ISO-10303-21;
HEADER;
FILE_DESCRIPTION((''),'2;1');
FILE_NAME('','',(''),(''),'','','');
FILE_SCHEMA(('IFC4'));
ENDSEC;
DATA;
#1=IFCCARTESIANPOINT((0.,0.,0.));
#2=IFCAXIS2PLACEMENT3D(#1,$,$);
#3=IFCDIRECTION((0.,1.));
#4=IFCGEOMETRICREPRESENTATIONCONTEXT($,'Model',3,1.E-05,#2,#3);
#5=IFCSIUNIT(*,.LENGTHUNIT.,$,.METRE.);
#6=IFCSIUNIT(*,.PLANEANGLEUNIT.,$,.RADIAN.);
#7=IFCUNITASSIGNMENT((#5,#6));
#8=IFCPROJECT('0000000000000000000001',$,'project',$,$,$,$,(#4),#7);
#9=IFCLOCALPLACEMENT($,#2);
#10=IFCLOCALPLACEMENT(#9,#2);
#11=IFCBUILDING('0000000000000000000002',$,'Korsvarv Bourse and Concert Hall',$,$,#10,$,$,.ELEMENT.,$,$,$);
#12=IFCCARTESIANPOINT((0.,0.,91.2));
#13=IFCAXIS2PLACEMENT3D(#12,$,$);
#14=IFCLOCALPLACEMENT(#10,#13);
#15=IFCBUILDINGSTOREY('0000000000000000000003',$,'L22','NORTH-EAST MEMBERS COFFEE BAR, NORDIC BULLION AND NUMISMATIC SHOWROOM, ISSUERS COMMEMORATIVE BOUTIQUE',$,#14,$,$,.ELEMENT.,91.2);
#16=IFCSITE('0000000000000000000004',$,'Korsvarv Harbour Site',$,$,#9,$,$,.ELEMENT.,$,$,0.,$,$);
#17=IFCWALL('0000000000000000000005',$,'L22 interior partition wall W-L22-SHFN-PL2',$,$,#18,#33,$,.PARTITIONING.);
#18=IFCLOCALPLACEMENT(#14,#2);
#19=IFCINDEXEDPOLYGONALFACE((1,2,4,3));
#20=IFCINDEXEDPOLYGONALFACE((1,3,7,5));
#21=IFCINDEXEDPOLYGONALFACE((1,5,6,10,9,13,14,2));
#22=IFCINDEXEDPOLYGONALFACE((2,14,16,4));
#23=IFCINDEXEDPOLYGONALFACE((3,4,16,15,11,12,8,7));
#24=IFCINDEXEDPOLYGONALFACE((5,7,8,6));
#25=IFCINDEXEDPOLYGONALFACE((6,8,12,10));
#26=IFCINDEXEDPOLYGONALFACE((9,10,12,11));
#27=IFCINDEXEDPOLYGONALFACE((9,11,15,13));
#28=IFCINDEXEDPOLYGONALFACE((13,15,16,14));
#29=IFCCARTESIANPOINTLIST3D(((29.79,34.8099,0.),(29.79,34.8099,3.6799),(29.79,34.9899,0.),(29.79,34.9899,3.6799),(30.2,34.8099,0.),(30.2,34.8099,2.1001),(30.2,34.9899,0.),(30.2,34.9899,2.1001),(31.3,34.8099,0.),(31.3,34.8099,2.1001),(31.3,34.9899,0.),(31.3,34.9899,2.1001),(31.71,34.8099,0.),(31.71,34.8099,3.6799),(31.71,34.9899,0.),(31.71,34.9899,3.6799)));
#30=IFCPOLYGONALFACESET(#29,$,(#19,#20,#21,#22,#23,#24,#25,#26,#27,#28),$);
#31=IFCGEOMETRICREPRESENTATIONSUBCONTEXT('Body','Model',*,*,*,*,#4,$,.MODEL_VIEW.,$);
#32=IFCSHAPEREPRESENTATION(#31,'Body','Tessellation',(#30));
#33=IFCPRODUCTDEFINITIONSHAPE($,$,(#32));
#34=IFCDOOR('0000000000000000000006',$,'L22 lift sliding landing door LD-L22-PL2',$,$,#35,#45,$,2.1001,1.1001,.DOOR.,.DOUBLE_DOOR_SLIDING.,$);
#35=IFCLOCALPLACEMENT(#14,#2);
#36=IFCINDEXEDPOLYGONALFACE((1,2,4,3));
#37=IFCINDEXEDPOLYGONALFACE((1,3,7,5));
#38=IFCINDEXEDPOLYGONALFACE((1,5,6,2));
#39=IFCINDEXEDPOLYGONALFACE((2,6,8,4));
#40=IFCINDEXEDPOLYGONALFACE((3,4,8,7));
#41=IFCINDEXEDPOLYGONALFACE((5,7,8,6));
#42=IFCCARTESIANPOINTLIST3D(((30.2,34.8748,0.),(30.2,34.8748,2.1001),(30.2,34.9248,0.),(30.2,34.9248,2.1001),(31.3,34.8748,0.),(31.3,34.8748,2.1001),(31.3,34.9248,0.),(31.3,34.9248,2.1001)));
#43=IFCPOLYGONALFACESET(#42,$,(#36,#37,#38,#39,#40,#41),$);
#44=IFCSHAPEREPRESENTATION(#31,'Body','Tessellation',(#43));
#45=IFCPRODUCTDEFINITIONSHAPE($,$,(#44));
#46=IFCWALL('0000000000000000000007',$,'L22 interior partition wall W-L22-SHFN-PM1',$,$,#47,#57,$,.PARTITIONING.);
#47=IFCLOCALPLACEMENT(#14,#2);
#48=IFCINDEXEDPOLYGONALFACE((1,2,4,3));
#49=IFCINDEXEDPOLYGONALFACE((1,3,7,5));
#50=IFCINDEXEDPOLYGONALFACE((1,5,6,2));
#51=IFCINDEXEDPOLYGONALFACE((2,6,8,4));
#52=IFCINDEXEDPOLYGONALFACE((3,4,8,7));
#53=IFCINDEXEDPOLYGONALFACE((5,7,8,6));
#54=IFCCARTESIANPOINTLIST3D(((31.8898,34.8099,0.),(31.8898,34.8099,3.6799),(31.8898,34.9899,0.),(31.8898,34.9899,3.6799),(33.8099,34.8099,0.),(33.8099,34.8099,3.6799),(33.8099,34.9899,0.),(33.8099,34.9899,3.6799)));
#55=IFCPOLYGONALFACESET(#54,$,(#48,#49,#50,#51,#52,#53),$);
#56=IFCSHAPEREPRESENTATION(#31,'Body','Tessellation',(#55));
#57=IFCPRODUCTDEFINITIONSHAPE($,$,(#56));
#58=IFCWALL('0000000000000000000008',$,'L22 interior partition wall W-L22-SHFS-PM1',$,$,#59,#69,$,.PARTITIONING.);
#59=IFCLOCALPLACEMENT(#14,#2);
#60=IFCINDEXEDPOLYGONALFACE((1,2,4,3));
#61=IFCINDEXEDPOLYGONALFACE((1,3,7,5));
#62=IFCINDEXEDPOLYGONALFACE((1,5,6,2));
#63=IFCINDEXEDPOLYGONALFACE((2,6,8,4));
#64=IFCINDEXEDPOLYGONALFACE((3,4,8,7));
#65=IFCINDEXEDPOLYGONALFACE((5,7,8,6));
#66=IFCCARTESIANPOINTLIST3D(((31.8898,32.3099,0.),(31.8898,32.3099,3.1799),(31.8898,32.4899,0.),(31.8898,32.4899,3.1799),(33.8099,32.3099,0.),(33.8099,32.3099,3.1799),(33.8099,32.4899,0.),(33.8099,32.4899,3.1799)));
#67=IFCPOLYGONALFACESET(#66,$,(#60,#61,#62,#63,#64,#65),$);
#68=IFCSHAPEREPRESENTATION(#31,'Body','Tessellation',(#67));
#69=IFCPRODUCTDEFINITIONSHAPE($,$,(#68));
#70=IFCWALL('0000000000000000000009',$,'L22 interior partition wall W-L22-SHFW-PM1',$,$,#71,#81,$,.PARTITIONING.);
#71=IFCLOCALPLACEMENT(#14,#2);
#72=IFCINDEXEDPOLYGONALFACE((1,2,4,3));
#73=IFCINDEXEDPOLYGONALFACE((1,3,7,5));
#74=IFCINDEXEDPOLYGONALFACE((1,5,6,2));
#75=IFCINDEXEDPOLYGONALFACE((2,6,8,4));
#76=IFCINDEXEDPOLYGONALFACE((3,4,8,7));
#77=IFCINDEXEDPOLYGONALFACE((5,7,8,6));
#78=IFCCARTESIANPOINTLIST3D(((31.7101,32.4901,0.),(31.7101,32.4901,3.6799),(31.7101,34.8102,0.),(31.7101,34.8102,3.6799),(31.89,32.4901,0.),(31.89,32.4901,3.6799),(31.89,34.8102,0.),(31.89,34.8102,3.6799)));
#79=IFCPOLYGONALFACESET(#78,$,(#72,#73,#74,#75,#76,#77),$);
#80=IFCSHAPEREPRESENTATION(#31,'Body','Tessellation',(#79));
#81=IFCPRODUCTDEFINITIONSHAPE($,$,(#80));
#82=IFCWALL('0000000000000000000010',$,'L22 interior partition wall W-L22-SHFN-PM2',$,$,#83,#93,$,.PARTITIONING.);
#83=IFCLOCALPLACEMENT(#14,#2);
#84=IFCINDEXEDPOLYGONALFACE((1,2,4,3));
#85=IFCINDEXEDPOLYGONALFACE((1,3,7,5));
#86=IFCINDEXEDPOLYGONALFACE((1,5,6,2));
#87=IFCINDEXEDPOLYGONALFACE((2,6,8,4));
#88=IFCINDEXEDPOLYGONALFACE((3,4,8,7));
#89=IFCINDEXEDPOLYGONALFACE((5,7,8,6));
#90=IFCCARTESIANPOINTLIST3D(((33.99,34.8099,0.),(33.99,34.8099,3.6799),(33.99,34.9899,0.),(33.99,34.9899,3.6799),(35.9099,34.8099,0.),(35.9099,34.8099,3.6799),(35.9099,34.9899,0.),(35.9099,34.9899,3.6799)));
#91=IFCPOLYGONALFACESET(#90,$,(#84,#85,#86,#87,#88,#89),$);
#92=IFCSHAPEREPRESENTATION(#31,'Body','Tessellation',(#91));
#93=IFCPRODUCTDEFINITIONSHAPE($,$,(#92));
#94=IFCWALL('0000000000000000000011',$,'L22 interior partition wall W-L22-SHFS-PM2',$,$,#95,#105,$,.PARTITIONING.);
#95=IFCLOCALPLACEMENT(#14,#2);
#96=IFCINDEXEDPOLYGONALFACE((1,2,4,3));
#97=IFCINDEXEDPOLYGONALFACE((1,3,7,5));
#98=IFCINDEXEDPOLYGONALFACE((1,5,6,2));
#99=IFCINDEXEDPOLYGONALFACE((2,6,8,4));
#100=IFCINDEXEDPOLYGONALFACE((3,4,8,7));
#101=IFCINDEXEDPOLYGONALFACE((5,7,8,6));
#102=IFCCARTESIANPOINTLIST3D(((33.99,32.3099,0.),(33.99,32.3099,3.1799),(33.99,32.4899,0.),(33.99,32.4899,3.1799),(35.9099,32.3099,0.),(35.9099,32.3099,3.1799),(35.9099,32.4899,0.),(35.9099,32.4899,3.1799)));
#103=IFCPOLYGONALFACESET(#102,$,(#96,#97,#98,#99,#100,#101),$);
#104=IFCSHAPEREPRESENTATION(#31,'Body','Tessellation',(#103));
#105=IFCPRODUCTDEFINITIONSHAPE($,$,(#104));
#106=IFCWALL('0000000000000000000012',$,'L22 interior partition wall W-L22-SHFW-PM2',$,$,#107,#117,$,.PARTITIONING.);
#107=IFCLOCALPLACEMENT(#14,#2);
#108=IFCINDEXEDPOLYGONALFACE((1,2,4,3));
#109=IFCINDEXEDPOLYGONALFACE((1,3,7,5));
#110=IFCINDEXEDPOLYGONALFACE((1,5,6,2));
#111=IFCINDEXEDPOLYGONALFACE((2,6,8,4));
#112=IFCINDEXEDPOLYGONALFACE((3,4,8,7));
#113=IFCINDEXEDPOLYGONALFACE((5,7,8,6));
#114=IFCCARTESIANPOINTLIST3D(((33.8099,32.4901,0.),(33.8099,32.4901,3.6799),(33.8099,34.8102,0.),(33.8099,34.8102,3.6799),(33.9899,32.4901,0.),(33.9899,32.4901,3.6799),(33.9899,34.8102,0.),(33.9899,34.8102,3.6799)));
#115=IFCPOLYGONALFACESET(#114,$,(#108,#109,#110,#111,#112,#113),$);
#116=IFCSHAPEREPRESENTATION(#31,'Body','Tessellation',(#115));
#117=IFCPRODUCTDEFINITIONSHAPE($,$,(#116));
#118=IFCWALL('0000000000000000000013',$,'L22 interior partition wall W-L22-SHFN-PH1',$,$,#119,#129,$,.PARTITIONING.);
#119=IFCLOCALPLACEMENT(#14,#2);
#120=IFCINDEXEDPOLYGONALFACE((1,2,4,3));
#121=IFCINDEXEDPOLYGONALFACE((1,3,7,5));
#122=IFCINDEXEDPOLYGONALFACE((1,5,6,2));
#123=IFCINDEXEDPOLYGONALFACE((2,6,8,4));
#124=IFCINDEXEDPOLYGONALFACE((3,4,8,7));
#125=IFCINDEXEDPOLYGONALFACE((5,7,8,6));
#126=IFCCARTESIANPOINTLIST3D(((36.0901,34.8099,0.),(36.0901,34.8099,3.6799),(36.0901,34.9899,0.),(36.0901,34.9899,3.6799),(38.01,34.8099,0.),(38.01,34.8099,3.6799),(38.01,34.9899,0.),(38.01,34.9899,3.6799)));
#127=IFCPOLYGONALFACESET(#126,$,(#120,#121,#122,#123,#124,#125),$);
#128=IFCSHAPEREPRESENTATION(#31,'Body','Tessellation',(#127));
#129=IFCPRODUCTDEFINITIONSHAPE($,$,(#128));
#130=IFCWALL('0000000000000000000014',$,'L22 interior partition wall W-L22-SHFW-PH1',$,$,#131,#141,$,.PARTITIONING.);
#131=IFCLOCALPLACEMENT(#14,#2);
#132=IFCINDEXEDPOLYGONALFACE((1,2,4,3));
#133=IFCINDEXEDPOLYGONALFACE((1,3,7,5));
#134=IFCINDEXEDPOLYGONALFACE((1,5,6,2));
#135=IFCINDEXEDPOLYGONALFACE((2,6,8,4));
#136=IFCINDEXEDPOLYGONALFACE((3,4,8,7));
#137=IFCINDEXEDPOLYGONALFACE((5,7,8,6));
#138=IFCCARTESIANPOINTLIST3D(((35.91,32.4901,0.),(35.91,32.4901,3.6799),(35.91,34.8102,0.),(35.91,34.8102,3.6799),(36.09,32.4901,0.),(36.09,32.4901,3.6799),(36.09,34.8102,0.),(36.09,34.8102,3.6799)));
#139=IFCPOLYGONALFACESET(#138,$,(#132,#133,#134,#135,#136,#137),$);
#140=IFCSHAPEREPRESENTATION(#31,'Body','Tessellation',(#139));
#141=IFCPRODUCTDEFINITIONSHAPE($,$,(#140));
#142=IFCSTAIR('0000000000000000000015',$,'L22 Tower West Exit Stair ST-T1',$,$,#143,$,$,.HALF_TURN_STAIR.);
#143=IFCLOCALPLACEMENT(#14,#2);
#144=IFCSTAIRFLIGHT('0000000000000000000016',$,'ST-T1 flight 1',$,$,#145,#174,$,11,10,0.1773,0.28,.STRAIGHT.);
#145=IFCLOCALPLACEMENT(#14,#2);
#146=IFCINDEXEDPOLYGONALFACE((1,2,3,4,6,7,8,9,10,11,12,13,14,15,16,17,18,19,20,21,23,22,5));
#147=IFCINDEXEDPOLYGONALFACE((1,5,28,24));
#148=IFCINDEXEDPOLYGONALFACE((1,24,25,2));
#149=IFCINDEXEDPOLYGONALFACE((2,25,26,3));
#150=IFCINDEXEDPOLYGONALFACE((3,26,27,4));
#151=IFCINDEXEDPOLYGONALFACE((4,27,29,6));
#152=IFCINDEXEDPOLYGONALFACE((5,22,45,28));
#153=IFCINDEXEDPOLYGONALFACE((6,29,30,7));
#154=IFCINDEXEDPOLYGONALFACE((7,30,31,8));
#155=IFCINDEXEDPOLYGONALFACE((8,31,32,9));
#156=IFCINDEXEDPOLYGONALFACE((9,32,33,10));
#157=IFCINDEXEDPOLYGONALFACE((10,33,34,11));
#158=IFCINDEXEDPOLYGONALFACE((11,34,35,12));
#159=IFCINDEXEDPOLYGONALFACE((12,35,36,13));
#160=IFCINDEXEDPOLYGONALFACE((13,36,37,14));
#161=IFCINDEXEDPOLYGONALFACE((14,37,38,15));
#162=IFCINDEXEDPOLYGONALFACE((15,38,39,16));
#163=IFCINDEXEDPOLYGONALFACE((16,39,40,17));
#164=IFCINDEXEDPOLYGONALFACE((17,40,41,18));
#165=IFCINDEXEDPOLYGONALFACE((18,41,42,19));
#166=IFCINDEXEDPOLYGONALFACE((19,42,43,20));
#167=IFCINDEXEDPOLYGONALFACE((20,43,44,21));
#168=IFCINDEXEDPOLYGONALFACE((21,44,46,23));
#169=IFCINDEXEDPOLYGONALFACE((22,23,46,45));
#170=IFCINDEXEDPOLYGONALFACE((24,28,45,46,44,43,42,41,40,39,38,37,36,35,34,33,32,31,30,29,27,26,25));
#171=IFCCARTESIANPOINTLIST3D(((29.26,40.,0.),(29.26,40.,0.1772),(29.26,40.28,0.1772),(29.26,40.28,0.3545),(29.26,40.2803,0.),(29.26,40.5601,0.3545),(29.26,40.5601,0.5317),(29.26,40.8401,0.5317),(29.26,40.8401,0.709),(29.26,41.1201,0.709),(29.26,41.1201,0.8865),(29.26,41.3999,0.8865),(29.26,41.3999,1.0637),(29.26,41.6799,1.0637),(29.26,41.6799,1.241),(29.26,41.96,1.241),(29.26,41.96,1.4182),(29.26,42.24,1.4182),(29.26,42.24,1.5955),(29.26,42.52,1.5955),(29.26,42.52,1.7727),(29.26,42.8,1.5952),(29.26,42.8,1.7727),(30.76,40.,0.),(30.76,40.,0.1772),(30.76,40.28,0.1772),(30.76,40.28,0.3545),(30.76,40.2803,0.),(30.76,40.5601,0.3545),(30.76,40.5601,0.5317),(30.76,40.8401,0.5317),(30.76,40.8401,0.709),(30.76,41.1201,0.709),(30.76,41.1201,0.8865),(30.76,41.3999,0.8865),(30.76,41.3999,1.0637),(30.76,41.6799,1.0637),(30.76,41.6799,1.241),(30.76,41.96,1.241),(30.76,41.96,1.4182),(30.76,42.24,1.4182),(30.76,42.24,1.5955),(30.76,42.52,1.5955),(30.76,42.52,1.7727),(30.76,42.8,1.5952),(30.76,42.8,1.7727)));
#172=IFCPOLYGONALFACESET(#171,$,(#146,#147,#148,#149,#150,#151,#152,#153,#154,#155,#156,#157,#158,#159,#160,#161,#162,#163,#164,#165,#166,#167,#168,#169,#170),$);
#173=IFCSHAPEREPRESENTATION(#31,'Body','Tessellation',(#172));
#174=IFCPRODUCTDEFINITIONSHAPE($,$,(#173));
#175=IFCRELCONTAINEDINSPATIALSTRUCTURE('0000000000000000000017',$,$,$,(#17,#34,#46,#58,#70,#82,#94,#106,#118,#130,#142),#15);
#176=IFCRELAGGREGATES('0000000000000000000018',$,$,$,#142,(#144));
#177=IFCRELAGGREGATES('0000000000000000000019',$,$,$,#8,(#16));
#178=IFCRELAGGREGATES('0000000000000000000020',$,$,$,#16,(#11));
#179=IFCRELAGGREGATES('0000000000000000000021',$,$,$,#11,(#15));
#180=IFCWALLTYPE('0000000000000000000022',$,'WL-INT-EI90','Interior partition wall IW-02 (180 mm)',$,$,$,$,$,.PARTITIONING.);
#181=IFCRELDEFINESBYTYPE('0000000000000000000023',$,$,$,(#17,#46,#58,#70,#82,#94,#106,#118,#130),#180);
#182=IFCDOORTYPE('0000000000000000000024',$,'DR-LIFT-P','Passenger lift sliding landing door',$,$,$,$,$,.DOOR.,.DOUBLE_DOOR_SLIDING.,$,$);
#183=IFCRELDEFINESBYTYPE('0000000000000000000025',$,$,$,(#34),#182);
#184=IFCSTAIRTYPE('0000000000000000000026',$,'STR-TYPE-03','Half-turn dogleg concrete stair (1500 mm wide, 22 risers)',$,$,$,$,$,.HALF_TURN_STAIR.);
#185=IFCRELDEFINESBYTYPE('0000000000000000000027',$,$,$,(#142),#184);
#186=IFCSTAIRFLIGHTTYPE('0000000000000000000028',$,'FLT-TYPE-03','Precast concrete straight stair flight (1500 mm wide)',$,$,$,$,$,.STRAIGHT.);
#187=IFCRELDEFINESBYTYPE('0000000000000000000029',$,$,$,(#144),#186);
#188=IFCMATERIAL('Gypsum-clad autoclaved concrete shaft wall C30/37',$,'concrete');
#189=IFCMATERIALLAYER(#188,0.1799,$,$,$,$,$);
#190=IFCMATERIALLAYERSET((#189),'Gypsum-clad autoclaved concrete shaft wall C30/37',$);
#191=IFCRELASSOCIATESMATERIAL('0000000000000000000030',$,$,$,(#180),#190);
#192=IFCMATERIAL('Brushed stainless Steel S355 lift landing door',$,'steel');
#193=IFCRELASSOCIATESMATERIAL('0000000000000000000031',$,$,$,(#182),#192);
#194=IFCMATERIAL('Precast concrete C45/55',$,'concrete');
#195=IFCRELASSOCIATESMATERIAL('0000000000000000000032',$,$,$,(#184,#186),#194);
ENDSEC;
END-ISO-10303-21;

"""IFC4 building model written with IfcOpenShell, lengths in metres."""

from ifc_helpers import new_model, si_unit, direction, frame, frame_2d, origin, place, context, subcontext, project, spatial, polyline, rectangle, outline, extrude, material, layer, layer_set, type_object, element, fill, aggregate, save


model = new_model("IFC4")

# Units and contexts
model_context = context("Model", 3, precision=1e-05, world=origin(), true_north=direction((0.0, 1.0)))
body_context = subcontext(model_context, "Body", "Model", "MODEL_VIEW")
ifc_project = project(units=[si_unit("LENGTHUNIT", "METRE"), si_unit("PLANEANGLEUNIT", "RADIAN")], contexts=[model_context])

# Site, building, storey
site_placement = place(None, origin())
site = spatial("IfcSite", under=ifc_project, at=site_placement, Name="Korsvarv Harbour Site", CompositionType="ELEMENT", RefElevation=0.0)
building_placement = place(site_placement, origin())
building = spatial("IfcBuilding", under=site, at=building_placement, Name="Korsvarv Bourse and Concert Hall", CompositionType="ELEMENT")
storey_placement = place(building_placement, frame((0.0, 0.0, 91.2)))
storey = spatial("IfcBuildingStorey", under=building, at=storey_placement, Name="L22", Description="NORTH-EAST MEMBERS COFFEE BAR, NORDIC BULLION AND NUMISMATIC SHOWROOM, ISSUERS COMMEMORATIVE BOUTIQUE", CompositionType="ELEMENT", Elevation=91.2)

# Wall, opening, door
ifc_material_1 = material(Name="Gypsum-clad autoclaved concrete shaft wall C30/37", Category="concrete")
ifc_layer_1 = layer(ifc_material_1, 0.1799)
ifc_layer_set_1 = layer_set([ifc_layer_1], Name="Gypsum-clad autoclaved concrete shaft wall C30/37")
wall_type_1 = type_object("IfcWallType", Name="WL-INT-EI90", Description="Interior partition wall IW-02 (180 mm)", PredefinedType="PARTITIONING", material=ifc_layer_set_1)
wall_1_placement = place(storey_placement, frame((29.79, 34.8999, 0.0), z_axis=(0.0, 0.0, 1.0), x_axis=(1.0, 0.0, 0.0)))
wall_1 = element("IfcWall", 1, at=wall_1_placement, inside=storey, type_object=wall_type_1, Name="L22 interior partition wall W-L22-SHFN-PL2", PredefinedType="PARTITIONING", context=body_context, shape_type="SweptSolid", body=[
    extrude(rectangle(XDim=1.9199, YDim=0.1799, at=frame_2d((0.96, 0.0))), origin(), (0.0, 0.0, 1.0), 3.6799),
])
opening_1_placement = place(wall_1_placement, frame((0.4099, 0.0, 0.0)))
opening_1 = element("IfcOpeningElement", 2, at=opening_1_placement, cuts=wall_1, PredefinedType="OPENING", context=body_context, shape_type="SweptSolid", body=[
    extrude(rectangle(XDim=1.1001, YDim=2.1001, at=frame_2d((0.55, 1.05))), frame((0.0, 0.1001, 0.0), z_axis=(0.0, -1.0, 0.0), x_axis=(1.0, 0.0, 0.0)), (0.0, 0.0, 1.0), 0.2),
])
ifc_material_2 = material(Name="Brushed stainless Steel S355 lift landing door", Category="steel")
door_type_1 = type_object("IfcDoorType", Name="DR-LIFT-P", Description="Passenger lift sliding landing door", OperationType="DOUBLE_DOOR_SLIDING", PredefinedType="DOOR", material=ifc_material_2)
door_1_placement = place(opening_1_placement, origin())
door_1 = element("IfcDoor", 3, at=door_1_placement, inside=storey, type_object=door_type_1, Name="L22 lift sliding landing door LD-L22-PL2", OperationType="DOUBLE_DOOR_SLIDING", OverallHeight=2.1001, OverallWidth=1.1001, PredefinedType="DOOR", context=body_context, shape_type="SweptSolid", body=[
    extrude(rectangle(XDim=1.1001, YDim=2.1001, at=frame_2d((0.55, 1.05))), frame((0.0, 0.0249, 0.0), z_axis=(0.0, -1.0, 0.0), x_axis=(1.0, 0.0, 0.0)), (0.0, 0.0, 1.0), 0.05),
])
fill(opening_1, door_1)

# Walls
wall_2_placement = place(storey_placement, frame((31.8899, 34.8999, 0.0), z_axis=(0.0, 0.0, 1.0), x_axis=(1.0, 0.0, 0.0)))
element("IfcWall", 4, at=wall_2_placement, inside=storey, type_object=wall_type_1, Name="L22 interior partition wall W-L22-SHFN-PM1", PredefinedType="PARTITIONING", context=body_context, shape_type="SweptSolid", body=[
    extrude(rectangle(XDim=1.9202, YDim=0.1799, at=frame_2d((0.96, 0.0))), origin(), (0.0, 0.0, 1.0), 3.6799),
])
wall_3_placement = place(storey_placement, frame((31.8899, 32.3999, 0.0), z_axis=(0.0, 0.0, 1.0), x_axis=(1.0, 0.0, 0.0)))
element("IfcWall", 5, at=wall_3_placement, inside=storey, type_object=wall_type_1, Name="L22 interior partition wall W-L22-SHFS-PM1", PredefinedType="PARTITIONING", context=body_context, shape_type="SweptSolid", body=[
    extrude(rectangle(XDim=1.9202, YDim=0.1799, at=frame_2d((0.96, 0.0))), origin(), (0.0, 0.0, 1.0), 3.1799),
])
wall_4_placement = place(storey_placement, frame((31.8, 32.49, 0.0), z_axis=(0.0, 0.0, 1.0), x_axis=(0.0, 1.0, 0.0)))
element("IfcWall", 6, at=wall_4_placement, inside=storey, type_object=wall_type_1, Name="L22 interior partition wall W-L22-SHFW-PM1", PredefinedType="PARTITIONING", context=body_context, shape_type="SweptSolid", body=[
    extrude(rectangle(XDim=2.3201, YDim=0.1799, at=frame_2d((1.1602, 0.0))), origin(), (0.0, 0.0, 1.0), 3.6799),
])
wall_5_placement = place(storey_placement, frame((33.99, 34.8999, 0.0), z_axis=(0.0, 0.0, 1.0), x_axis=(1.0, 0.0, 0.0)))
element("IfcWall", 7, at=wall_5_placement, inside=storey, type_object=wall_type_1, Name="L22 interior partition wall W-L22-SHFN-PM2", PredefinedType="PARTITIONING", context=body_context, shape_type="SweptSolid", body=[
    extrude(rectangle(XDim=1.9199, YDim=0.1799, at=frame_2d((0.96, 0.0))), origin(), (0.0, 0.0, 1.0), 3.6799),
])
wall_6_placement = place(storey_placement, frame((33.99, 32.3999, 0.0), z_axis=(0.0, 0.0, 1.0), x_axis=(1.0, 0.0, 0.0)))
element("IfcWall", 8, at=wall_6_placement, inside=storey, type_object=wall_type_1, Name="L22 interior partition wall W-L22-SHFS-PM2", PredefinedType="PARTITIONING", context=body_context, shape_type="SweptSolid", body=[
    extrude(rectangle(XDim=1.9199, YDim=0.1799, at=frame_2d((0.96, 0.0))), origin(), (0.0, 0.0, 1.0), 3.1799),
])
wall_7_placement = place(storey_placement, frame((33.8999, 32.49, 0.0), z_axis=(0.0, 0.0, 1.0), x_axis=(0.0, 1.0, 0.0)))
element("IfcWall", 9, at=wall_7_placement, inside=storey, type_object=wall_type_1, Name="L22 interior partition wall W-L22-SHFW-PM2", PredefinedType="PARTITIONING", context=body_context, shape_type="SweptSolid", body=[
    extrude(rectangle(XDim=2.3201, YDim=0.1799, at=frame_2d((1.1602, 0.0))), origin(), (0.0, 0.0, 1.0), 3.6799),
])
wall_8_placement = place(storey_placement, frame((36.0901, 34.8999, 0.0), z_axis=(0.0, 0.0, 1.0), x_axis=(1.0, 0.0, 0.0)))
element("IfcWall", 10, at=wall_8_placement, inside=storey, type_object=wall_type_1, Name="L22 interior partition wall W-L22-SHFN-PH1", PredefinedType="PARTITIONING", context=body_context, shape_type="SweptSolid", body=[
    extrude(rectangle(XDim=1.9199, YDim=0.1799, at=frame_2d((0.96, 0.0))), origin(), (0.0, 0.0, 1.0), 3.6799),
])
wall_9_placement = place(storey_placement, frame((36.0, 32.49, 0.0), z_axis=(0.0, 0.0, 1.0), x_axis=(0.0, 1.0, 0.0)))
element("IfcWall", 11, at=wall_9_placement, inside=storey, type_object=wall_type_1, Name="L22 interior partition wall W-L22-SHFW-PH1", PredefinedType="PARTITIONING", context=body_context, shape_type="SweptSolid", body=[
    extrude(rectangle(XDim=2.3201, YDim=0.1799, at=frame_2d((1.1602, 0.0))), origin(), (0.0, 0.0, 1.0), 3.6799),
])

# Stair, stair flight
ifc_material_3 = material(Name="Precast concrete C45/55", Category="concrete")
stair_type = type_object("IfcStairType", Name="STR-TYPE-03", Description="Half-turn dogleg concrete stair (1500 mm wide, 22 risers)", PredefinedType="HALF_TURN_STAIR", material=ifc_material_3)
stair_placement = place(storey_placement, origin())
stair = element("IfcStair", 12, at=stair_placement, inside=storey, type_object=stair_type, Name="L22 Tower West Exit Stair ST-T1", PredefinedType="HALF_TURN_STAIR")
stair_flight_type = type_object("IfcStairFlightType", Name="FLT-TYPE-03", Description="Precast concrete straight stair flight (1500 mm wide)", PredefinedType="STRAIGHT", material=ifc_material_3)
stair_flight_placement = place(storey_placement, frame((30.01, 40.0, 0.0), z_axis=(0.0, 0.0, 1.0), x_axis=(0.0, 1.0, 0.0)))
stair_flight = element("IfcStairFlight", 13, at=stair_flight_placement, type_object=stair_flight_type, Name="ST-T1 flight 1", NumberOfRisers=11, NumberOfTreads=10, PredefinedType="STRAIGHT", RiserHeight=0.1773, TreadLength=0.28, context=body_context, shape_type="SweptSolid", body=[
    extrude(outline(polyline([(0.0, 0.0), (0.0, 0.1772), (0.28, 0.1772), (0.28, 0.3545), (0.5601, 0.3545), (0.5601, 0.5317), (0.8401, 0.5317), (0.8401, 0.709), (1.1201, 0.709), (1.1201, 0.8865), (1.3999, 0.8865), (1.3999, 1.0637), (1.6799, 1.0637), (1.6799, 1.241), (1.96, 1.241), (1.96, 1.4182), (2.24, 1.4182), (2.24, 1.5955), (2.52, 1.5955), (2.52, 1.7727), (2.8, 1.7727), (2.8, 1.95), (2.8, 1.5952), (0.2803, 0.0), (0.0, 0.0)])), frame((0.0, 0.75, 0.0), z_axis=(0.0, -1.0, 0.0), x_axis=(1.0, 0.0, 0.0)), (0.0, 0.0, 1.0), 1.5),
])
aggregate(stair, [stair_flight])

save(model, "model.ifc")
